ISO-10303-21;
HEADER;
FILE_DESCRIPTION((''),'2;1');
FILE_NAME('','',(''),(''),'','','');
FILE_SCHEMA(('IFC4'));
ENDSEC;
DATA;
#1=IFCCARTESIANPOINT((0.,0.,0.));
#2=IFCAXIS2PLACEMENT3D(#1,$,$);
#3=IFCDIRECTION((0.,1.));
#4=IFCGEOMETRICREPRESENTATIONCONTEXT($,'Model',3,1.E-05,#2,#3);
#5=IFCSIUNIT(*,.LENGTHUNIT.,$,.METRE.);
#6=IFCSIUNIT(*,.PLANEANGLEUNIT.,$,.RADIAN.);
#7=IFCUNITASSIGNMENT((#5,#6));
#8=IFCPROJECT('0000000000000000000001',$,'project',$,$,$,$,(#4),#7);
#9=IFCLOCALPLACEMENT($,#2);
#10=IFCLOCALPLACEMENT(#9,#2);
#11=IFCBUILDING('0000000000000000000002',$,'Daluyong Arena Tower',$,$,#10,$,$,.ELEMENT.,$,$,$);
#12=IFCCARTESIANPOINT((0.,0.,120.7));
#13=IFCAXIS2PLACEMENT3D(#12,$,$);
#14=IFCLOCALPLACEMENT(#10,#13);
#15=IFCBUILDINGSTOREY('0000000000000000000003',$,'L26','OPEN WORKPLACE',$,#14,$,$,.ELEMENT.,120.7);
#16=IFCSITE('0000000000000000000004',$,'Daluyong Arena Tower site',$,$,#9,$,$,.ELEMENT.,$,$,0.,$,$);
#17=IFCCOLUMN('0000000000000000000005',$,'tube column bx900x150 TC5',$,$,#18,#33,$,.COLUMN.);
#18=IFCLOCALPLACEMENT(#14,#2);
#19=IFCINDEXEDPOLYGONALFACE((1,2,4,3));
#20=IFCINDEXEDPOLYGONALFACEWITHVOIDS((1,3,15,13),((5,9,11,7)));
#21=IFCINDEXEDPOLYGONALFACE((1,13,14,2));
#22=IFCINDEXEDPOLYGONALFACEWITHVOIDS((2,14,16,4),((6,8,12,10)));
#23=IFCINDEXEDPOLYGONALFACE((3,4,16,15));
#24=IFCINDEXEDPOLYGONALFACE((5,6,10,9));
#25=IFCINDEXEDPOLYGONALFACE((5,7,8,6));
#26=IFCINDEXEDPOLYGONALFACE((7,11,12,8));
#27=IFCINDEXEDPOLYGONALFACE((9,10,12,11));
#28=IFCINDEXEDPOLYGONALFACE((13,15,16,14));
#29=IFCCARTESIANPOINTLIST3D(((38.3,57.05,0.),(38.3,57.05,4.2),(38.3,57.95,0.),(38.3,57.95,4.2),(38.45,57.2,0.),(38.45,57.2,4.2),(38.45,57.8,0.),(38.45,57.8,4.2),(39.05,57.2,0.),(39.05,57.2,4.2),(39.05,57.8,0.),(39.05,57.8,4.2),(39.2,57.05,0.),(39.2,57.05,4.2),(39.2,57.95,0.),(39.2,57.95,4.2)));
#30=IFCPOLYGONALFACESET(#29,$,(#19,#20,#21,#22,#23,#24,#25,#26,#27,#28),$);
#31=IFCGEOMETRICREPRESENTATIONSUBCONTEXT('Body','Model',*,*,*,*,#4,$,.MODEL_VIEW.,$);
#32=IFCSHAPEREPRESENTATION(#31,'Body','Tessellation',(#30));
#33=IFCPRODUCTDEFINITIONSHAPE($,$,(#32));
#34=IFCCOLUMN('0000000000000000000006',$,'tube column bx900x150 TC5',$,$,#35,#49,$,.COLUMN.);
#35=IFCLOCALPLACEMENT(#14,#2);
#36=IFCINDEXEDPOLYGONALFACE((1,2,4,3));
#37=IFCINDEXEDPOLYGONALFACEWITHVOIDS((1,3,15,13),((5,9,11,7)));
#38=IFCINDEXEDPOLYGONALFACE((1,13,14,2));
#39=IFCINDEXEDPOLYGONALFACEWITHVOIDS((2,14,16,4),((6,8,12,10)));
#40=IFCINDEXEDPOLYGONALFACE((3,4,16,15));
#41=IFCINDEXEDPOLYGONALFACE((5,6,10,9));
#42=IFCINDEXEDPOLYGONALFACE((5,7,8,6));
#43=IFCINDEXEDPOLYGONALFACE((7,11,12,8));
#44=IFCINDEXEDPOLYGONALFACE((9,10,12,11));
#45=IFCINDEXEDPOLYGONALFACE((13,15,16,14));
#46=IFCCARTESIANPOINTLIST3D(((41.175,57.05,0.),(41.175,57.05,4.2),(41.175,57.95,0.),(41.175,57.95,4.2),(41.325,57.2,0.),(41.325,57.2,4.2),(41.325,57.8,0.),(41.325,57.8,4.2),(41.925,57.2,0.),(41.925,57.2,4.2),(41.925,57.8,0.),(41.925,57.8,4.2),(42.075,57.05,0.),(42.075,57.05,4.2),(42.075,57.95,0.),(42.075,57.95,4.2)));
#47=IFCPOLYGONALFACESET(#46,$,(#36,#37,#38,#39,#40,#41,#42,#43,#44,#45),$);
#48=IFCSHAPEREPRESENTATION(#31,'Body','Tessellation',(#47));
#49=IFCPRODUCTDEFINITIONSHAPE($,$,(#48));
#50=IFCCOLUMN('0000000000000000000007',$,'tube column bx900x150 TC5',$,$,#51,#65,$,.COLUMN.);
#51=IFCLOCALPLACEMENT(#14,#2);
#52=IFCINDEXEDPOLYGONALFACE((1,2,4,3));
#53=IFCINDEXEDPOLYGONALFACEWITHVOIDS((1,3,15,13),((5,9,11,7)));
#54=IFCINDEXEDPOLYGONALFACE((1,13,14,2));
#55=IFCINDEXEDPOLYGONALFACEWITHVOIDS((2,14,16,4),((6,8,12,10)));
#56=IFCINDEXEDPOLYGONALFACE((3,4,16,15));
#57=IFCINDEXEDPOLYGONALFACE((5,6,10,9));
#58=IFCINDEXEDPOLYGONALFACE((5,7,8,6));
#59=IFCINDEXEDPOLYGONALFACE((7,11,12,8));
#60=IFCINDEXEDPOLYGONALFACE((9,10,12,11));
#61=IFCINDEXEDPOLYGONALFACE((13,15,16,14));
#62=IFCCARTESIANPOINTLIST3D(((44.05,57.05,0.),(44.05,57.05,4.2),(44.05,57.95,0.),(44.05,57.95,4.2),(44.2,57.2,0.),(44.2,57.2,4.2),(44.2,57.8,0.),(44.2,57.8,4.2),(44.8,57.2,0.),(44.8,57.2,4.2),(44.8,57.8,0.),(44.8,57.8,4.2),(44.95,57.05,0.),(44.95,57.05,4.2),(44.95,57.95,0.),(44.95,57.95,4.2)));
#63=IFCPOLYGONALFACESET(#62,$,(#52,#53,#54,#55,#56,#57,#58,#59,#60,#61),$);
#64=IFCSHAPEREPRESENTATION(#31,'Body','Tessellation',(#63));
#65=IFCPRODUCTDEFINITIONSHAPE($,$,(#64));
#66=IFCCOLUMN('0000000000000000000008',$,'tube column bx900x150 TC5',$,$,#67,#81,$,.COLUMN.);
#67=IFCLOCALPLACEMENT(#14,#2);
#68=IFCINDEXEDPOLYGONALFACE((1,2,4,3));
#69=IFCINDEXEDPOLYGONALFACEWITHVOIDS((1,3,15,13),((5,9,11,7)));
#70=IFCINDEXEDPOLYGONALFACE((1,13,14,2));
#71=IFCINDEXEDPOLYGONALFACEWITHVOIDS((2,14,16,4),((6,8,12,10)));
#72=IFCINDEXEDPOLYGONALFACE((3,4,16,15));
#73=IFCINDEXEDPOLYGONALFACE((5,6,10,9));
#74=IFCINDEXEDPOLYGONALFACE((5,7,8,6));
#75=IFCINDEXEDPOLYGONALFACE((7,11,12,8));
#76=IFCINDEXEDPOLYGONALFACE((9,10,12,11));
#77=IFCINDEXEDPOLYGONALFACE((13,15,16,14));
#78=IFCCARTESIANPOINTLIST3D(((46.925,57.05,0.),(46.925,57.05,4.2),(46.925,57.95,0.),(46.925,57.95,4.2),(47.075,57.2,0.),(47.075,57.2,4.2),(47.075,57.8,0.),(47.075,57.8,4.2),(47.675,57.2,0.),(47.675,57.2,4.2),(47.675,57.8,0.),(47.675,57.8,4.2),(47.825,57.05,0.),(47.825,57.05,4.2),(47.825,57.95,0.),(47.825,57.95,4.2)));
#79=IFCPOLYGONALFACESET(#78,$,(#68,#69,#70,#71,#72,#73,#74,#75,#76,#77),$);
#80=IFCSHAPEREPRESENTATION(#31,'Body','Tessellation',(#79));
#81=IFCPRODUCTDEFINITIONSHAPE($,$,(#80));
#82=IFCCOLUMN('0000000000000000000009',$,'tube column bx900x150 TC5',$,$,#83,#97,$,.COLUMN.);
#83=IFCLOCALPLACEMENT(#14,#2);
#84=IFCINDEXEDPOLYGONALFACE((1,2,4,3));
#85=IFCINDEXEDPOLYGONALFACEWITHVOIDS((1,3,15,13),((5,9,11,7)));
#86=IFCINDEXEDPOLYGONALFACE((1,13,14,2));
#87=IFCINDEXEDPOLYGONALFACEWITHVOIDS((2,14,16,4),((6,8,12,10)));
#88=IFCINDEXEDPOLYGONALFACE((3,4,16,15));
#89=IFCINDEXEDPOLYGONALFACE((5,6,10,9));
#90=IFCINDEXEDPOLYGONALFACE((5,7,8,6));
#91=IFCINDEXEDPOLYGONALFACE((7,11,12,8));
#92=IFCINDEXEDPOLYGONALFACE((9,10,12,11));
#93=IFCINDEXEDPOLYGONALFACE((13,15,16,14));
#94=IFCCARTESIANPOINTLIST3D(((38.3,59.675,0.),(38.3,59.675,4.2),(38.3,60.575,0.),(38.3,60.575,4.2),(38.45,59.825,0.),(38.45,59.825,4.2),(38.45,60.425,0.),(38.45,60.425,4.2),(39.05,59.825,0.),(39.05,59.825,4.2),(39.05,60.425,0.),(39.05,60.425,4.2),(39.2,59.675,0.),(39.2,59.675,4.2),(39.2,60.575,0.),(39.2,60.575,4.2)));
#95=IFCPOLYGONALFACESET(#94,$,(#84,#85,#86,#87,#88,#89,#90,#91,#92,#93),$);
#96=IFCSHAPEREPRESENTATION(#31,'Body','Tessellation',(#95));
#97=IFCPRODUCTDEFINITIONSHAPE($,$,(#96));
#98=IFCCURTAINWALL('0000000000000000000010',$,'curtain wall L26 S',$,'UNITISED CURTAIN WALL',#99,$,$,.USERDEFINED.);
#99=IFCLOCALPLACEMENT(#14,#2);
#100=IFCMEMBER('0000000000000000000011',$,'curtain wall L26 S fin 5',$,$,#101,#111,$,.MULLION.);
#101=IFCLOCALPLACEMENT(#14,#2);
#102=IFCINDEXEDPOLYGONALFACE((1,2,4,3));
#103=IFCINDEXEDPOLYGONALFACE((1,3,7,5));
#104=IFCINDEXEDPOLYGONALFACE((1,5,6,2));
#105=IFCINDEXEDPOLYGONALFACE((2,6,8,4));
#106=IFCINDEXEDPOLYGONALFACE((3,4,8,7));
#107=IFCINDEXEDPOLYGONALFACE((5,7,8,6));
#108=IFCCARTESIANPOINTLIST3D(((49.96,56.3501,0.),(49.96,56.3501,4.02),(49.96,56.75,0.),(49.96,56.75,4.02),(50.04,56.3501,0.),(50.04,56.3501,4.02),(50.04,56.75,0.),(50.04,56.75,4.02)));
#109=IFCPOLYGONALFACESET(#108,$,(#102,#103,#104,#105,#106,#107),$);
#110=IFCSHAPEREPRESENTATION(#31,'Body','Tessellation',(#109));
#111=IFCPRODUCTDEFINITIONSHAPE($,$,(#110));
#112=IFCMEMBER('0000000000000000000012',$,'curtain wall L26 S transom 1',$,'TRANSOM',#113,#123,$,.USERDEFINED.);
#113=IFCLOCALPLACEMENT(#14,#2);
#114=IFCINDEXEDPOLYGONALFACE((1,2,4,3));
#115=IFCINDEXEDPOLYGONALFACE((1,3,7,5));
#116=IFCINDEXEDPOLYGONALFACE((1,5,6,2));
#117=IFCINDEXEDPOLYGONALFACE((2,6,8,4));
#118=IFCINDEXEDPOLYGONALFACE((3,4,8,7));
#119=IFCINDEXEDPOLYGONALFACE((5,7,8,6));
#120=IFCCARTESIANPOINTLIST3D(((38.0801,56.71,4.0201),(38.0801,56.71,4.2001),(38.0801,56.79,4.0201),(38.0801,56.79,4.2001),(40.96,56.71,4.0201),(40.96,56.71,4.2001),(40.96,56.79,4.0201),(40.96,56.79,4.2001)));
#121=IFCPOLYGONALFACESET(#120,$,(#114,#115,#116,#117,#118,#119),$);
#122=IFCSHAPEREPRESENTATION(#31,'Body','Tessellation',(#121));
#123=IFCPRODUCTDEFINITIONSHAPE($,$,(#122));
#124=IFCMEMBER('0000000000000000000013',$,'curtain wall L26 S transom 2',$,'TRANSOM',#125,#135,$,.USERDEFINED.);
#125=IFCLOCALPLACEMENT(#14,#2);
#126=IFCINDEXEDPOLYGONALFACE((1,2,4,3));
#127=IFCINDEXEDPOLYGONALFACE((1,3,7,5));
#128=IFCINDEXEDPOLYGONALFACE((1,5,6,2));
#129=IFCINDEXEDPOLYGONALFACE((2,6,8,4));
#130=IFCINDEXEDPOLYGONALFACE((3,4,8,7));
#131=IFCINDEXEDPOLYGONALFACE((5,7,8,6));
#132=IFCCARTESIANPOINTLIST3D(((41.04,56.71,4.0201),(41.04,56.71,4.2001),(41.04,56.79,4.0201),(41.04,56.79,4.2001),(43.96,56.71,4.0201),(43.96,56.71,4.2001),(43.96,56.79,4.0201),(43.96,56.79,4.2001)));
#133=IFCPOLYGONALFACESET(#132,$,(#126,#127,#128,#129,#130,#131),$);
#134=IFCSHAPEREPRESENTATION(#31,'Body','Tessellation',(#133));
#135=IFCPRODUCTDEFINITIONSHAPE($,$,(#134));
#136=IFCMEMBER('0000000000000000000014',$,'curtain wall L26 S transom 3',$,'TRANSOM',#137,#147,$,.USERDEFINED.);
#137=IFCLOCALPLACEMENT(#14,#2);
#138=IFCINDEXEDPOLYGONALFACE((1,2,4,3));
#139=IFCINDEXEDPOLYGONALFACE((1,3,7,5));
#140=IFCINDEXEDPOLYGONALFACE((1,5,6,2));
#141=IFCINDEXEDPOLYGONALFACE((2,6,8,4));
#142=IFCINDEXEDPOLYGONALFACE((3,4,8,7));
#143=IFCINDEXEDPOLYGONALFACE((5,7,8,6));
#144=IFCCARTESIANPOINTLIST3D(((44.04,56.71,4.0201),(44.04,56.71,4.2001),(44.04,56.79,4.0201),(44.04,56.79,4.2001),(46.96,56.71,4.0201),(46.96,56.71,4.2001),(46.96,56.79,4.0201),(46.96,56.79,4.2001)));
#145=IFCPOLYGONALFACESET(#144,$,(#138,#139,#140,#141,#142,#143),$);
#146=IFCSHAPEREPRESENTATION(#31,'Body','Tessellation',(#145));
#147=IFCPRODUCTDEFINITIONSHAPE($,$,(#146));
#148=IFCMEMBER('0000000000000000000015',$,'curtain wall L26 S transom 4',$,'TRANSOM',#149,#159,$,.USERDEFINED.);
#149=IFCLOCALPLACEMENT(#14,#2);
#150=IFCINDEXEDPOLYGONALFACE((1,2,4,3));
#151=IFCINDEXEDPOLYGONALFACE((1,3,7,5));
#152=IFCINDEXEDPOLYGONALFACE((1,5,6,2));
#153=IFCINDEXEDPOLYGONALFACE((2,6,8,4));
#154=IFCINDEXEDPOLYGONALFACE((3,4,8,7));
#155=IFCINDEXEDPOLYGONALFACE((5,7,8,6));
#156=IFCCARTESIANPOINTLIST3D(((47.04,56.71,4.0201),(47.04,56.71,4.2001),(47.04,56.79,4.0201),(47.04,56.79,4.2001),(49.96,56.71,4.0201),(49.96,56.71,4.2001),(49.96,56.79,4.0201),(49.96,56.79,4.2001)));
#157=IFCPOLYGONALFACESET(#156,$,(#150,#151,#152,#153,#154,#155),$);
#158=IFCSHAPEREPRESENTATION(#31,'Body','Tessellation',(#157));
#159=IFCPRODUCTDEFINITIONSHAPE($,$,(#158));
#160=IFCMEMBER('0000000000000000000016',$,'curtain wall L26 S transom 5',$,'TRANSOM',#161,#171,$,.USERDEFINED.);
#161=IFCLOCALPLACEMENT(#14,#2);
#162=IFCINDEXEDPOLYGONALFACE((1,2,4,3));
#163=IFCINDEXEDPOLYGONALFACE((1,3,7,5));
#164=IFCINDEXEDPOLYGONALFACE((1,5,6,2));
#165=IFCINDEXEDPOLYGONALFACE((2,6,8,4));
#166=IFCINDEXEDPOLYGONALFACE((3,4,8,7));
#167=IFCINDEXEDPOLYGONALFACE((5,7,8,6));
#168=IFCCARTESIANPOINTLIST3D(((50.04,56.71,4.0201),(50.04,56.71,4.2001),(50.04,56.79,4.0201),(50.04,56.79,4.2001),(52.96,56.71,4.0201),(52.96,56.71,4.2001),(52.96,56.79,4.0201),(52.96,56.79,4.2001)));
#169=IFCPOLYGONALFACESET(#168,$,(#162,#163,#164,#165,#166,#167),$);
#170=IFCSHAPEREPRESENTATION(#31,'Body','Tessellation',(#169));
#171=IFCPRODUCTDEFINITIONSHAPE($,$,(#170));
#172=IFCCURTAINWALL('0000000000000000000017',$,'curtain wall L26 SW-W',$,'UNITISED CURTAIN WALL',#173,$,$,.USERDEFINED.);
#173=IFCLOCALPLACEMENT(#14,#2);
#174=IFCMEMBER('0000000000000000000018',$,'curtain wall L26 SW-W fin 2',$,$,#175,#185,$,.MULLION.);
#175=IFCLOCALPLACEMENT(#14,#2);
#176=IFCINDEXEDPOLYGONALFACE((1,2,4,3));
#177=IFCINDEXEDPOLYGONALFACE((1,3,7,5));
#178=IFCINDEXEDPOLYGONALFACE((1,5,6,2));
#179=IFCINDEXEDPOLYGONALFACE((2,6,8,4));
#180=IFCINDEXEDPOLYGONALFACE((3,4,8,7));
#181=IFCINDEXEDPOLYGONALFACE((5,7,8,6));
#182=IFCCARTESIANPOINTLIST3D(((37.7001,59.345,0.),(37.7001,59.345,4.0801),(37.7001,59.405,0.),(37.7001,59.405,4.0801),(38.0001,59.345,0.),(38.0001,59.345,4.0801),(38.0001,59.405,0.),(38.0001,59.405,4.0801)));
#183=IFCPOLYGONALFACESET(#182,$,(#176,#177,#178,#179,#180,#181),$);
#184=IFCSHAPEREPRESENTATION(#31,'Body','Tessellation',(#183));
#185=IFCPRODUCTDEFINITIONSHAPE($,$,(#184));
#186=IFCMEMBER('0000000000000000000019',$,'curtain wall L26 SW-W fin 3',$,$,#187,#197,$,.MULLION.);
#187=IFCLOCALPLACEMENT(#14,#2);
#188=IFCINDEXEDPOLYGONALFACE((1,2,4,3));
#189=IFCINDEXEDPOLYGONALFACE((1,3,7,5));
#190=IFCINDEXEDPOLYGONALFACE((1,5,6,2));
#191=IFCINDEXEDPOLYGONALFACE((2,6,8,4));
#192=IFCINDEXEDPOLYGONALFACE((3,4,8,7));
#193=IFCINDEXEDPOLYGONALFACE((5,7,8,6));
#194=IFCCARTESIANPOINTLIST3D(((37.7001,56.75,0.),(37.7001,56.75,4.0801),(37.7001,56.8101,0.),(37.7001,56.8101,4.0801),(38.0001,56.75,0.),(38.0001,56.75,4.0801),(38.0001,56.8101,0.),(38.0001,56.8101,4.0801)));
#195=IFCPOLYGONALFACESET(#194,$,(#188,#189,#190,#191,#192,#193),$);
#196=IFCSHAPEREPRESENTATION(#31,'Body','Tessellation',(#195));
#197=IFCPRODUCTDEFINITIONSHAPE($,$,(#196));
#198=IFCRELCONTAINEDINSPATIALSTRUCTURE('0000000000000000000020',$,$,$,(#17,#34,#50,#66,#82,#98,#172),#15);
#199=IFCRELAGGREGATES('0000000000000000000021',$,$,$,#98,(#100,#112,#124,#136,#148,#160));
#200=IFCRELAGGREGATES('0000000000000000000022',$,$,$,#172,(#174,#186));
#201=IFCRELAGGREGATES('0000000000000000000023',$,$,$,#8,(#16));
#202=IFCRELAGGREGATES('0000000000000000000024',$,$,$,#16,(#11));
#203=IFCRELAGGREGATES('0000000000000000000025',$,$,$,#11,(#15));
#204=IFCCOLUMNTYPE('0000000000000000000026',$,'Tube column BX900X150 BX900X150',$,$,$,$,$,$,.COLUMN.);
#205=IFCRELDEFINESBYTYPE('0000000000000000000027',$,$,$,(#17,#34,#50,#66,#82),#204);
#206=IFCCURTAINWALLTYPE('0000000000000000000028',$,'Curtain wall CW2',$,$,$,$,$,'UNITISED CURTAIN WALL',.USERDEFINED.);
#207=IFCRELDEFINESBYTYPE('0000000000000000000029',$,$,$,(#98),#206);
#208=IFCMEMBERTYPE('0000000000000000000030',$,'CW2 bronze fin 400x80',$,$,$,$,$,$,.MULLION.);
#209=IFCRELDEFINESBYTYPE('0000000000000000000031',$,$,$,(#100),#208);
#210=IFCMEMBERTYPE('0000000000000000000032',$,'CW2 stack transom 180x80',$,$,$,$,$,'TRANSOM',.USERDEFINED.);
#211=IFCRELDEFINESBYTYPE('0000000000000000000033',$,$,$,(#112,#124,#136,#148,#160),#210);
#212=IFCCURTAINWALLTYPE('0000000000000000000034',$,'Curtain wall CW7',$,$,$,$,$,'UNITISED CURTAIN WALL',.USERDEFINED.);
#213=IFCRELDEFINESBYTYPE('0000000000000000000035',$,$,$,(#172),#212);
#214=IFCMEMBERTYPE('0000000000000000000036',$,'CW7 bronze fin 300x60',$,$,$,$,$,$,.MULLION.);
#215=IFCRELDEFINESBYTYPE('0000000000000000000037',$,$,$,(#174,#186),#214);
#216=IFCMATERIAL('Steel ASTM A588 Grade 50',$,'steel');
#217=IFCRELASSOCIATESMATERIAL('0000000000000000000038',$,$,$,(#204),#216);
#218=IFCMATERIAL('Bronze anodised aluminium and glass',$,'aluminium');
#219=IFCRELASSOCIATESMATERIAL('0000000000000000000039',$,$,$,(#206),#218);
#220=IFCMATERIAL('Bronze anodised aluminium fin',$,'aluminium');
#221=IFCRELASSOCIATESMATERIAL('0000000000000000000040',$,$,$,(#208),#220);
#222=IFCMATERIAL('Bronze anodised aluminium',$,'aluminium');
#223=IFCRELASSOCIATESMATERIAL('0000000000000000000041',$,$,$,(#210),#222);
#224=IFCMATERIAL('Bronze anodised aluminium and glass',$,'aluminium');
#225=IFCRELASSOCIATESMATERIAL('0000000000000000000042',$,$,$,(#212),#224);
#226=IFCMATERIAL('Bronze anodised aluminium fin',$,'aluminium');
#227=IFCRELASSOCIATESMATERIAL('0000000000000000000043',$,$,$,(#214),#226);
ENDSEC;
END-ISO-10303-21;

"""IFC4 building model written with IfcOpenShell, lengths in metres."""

from ifc_helpers import new_model, si_unit, direction, frame, origin, origin_2d, place, context, subcontext, project, spatial, rectangle, hollow_rectangle, extrude, material, material_profile, profile_set, type_object, element, aggregate, save


model = new_model("IFC4")

# Units and contexts
model_context = context("Model", 3, precision=1e-05, world=origin(), true_north=direction((0.0, 1.0)))
body_context = subcontext(model_context, "Body", "Model", "MODEL_VIEW")
ifc_project = project(units=[si_unit("LENGTHUNIT", "METRE"), si_unit("PLANEANGLEUNIT", "RADIAN")], contexts=[model_context])

# Site, building, storey
site_placement = place(None, origin())
site = spatial("IfcSite", under=ifc_project, at=site_placement, Name="Daluyong Arena Tower site", CompositionType="ELEMENT", RefElevation=0.0)
building_placement = place(site_placement, origin())
building = spatial("IfcBuilding", under=site, at=building_placement, Name="Daluyong Arena Tower", CompositionType="ELEMENT")
storey_placement = place(building_placement, frame((0.0, 0.0, 120.7)))
storey = spatial("IfcBuildingStorey", under=building, at=storey_placement, Name="L26", Description="OPEN WORKPLACE", CompositionType="ELEMENT", Elevation=120.7)

# Columns
ifc_material_1 = material(Name="Steel ASTM A588 Grade 50", Category="steel")
ifc_material_profile_1 = material_profile(ifc_material_1, hollow_rectangle(XDim=0.8999, YDim=0.8999, WallThickness=0.15, at=origin_2d()))
ifc_profile_set_1 = profile_set([ifc_material_profile_1], Name="Steel ASTM A588 Grade 50")
column_type = type_object("IfcColumnType", Name="Tube column BX900X150 BX900X150", PredefinedType="COLUMN", material=ifc_profile_set_1)
for number, where, z_axis, x_axis, name in (
    (1, (38.75, 57.5, 0.0), (0.0, 0.0, 1.0), (1.0, 0.0, 0.0), "tube column bx900x150 TC5"),
    (2, (41.625, 57.5, 0.0), (0.0, 0.0, 1.0), (1.0, 0.0, 0.0), "tube column bx900x150 TC5"),
    (3, (44.5, 57.5, 0.0), (0.0, 0.0, 1.0), (1.0, 0.0, 0.0), "tube column bx900x150 TC5"),
    (4, (47.375, 57.5, 0.0), (0.0, 0.0, 1.0), (1.0, 0.0, 0.0), "tube column bx900x150 TC5"),
    (5, (38.75, 60.125, 0.0), (0.0, 0.0, 1.0), (0.0, 1.0, 0.0), "tube column bx900x150 TC5"),
):
    element("IfcColumn", number, at=place(storey_placement, frame(where, z_axis=z_axis, x_axis=x_axis)), inside=storey, type_object=column_type, Name=name, PredefinedType="COLUMN", context=body_context, shape_type="SweptSolid", body=[
        extrude(hollow_rectangle(XDim=0.8999, YDim=0.8999, WallThickness=0.15, at=origin_2d()), origin(), (0.0, 0.0, 1.0), 4.2),
    ])

# Curtain walls, members
ifc_material_2 = material(Name="Bronze anodised aluminium and glass", Category="aluminium")
curtain_wall_type_1 = type_object("IfcCurtainWallType", Name="Curtain wall CW2", ElementType="UNITISED CURTAIN WALL", PredefinedType="USERDEFINED", material=ifc_material_2)
curtain_wall_1_placement = place(storey_placement, origin())
curtain_wall_1 = element("IfcCurtainWall", 6, at=curtain_wall_1_placement, inside=storey, type_object=curtain_wall_type_1, Name="curtain wall L26 S", ObjectType="UNITISED CURTAIN WALL", PredefinedType="USERDEFINED")
ifc_material_3 = material(Name="Bronze anodised aluminium fin", Category="aluminium")
ifc_material_profile_2 = material_profile(ifc_material_3, rectangle(XDim=0.3999, YDim=0.0801, at=origin_2d()))
ifc_profile_set_2 = profile_set([ifc_material_profile_2], Name="Bronze anodised aluminium fin")
member_type_1 = type_object("IfcMemberType", Name="CW2 bronze fin 400x80", PredefinedType="MULLION", material=ifc_profile_set_2)
member_1_placement = place(storey_placement, frame((50.0, 56.55, 0.0), z_axis=(0.0, 0.0, 1.0), x_axis=(0.0, 1.0, 0.0)))
member_1 = element("IfcMember", 7, at=member_1_placement, type_object=member_type_1, Name="curtain wall L26 S fin 5", PredefinedType="MULLION", context=body_context, shape_type="SweptSolid", body=[
    extrude(rectangle(XDim=0.3999, YDim=0.0801, at=origin_2d()), origin(), (0.0, 0.0, 1.0), 4.02),
])
ifc_material_4 = material(Name="Bronze anodised aluminium", Category="aluminium")
ifc_material_profile_3 = material_profile(ifc_material_4, rectangle(XDim=0.0801, YDim=0.1799, at=origin_2d()))
ifc_profile_set_3 = profile_set([ifc_material_profile_3], Name="Bronze anodised aluminium")
member_type_2 = type_object("IfcMemberType", Name="CW2 stack transom 180x80", ElementType="TRANSOM", PredefinedType="USERDEFINED", material=ifc_profile_set_3)
member_2_placement = place(storey_placement, frame((38.0801, 56.75, 4.1101), z_axis=(1.0, 0.0, 0.0), x_axis=(0.0, 1.0, 0.0)))
member_2 = element("IfcMember", 8, at=member_2_placement, type_object=member_type_2, Name="curtain wall L26 S transom 1", ObjectType="TRANSOM", PredefinedType="USERDEFINED", context=body_context, shape_type="SweptSolid", body=[
    extrude(rectangle(XDim=0.0801, YDim=0.1799, at=origin_2d()), origin(), (0.0, 0.0, 1.0), 2.8799),
])
member_3_placement = place(storey_placement, frame((41.04, 56.75, 4.1101), z_axis=(1.0, 0.0, 0.0), x_axis=(0.0, 1.0, 0.0)))
member_3 = element("IfcMember", 9, at=member_3_placement, type_object=member_type_2, Name="curtain wall L26 S transom 2", ObjectType="TRANSOM", PredefinedType="USERDEFINED", context=body_context, shape_type="SweptSolid", body=[
    extrude(rectangle(XDim=0.0801, YDim=0.1799, at=origin_2d()), origin(), (0.0, 0.0, 1.0), 2.9199),
])
member_4_placement = place(storey_placement, frame((44.04, 56.75, 4.1101), z_axis=(1.0, 0.0, 0.0), x_axis=(0.0, 1.0, 0.0)))
member_4 = element("IfcMember", 10, at=member_4_placement, type_object=member_type_2, Name="curtain wall L26 S transom 3", ObjectType="TRANSOM", PredefinedType="USERDEFINED", context=body_context, shape_type="SweptSolid", body=[
    extrude(rectangle(XDim=0.0801, YDim=0.1799, at=origin_2d()), origin(), (0.0, 0.0, 1.0), 2.9199),
])
member_5_placement = place(storey_placement, frame((47.04, 56.75, 4.1101), z_axis=(1.0, 0.0, 0.0), x_axis=(0.0, 1.0, 0.0)))
member_5 = element("IfcMember", 11, at=member_5_placement, type_object=member_type_2, Name="curtain wall L26 S transom 4", ObjectType="TRANSOM", PredefinedType="USERDEFINED", context=body_context, shape_type="SweptSolid", body=[
    extrude(rectangle(XDim=0.0801, YDim=0.1799, at=origin_2d()), origin(), (0.0, 0.0, 1.0), 2.9199),
])
member_6_placement = place(storey_placement, frame((50.04, 56.75, 4.1101), z_axis=(1.0, 0.0, 0.0), x_axis=(0.0, 1.0, 0.0)))
member_6 = element("IfcMember", 12, at=member_6_placement, type_object=member_type_2, Name="curtain wall L26 S transom 5", ObjectType="TRANSOM", PredefinedType="USERDEFINED", context=body_context, shape_type="SweptSolid", body=[
    extrude(rectangle(XDim=0.0801, YDim=0.1799, at=origin_2d()), origin(), (0.0, 0.0, 1.0), 2.9199),
])
ifc_material_5 = material(Name="Bronze anodised aluminium and glass", Category="aluminium")
curtain_wall_type_2 = type_object("IfcCurtainWallType", Name="Curtain wall CW7", ElementType="UNITISED CURTAIN WALL", PredefinedType="USERDEFINED", material=ifc_material_5)
curtain_wall_2_placement = place(storey_placement, origin())
curtain_wall_2 = element("IfcCurtainWall", 13, at=curtain_wall_2_placement, inside=storey, type_object=curtain_wall_type_2, Name="curtain wall L26 SW-W", ObjectType="UNITISED CURTAIN WALL", PredefinedType="USERDEFINED")
ifc_material_6 = material(Name="Bronze anodised aluminium fin", Category="aluminium")
ifc_material_profile_4 = material_profile(ifc_material_6, rectangle(XDim=0.3, YDim=0.0601, at=origin_2d()))
ifc_profile_set_4 = profile_set([ifc_material_profile_4], Name="Bronze anodised aluminium fin")
member_type_3 = type_object("IfcMemberType", Name="CW7 bronze fin 300x60", PredefinedType="MULLION", material=ifc_profile_set_4)
member_7_placement = place(storey_placement, frame((37.8501, 59.375, 0.0), z_axis=(0.0, 0.0, 1.0), x_axis=(1.0, 0.0, 0.0)))
member_7 = element("IfcMember", 14, at=member_7_placement, type_object=member_type_3, Name="curtain wall L26 SW-W fin 2", PredefinedType="MULLION", context=body_context, shape_type="SweptSolid", body=[
    extrude(rectangle(XDim=0.3, YDim=0.0601, at=origin_2d()), origin(), (0.0, 0.0, 1.0), 4.0801),
])
member_8_placement = place(storey_placement, frame((37.8501, 56.78, 0.0), z_axis=(0.0, 0.0, 1.0), x_axis=(1.0, 0.0, 0.0)))
member_8 = element("IfcMember", 15, at=member_8_placement, type_object=member_type_3, Name="curtain wall L26 SW-W fin 3", PredefinedType="MULLION", context=body_context, shape_type="SweptSolid", body=[
    extrude(rectangle(XDim=0.3, YDim=0.0601, at=origin_2d()), origin(), (0.0, 0.0, 1.0), 4.0801),
])

aggregate(curtain_wall_1, [member_1, member_2, member_3, member_4, member_5, member_6])
aggregate(curtain_wall_2, [member_7, member_8])

save(model, "model.ifc")
